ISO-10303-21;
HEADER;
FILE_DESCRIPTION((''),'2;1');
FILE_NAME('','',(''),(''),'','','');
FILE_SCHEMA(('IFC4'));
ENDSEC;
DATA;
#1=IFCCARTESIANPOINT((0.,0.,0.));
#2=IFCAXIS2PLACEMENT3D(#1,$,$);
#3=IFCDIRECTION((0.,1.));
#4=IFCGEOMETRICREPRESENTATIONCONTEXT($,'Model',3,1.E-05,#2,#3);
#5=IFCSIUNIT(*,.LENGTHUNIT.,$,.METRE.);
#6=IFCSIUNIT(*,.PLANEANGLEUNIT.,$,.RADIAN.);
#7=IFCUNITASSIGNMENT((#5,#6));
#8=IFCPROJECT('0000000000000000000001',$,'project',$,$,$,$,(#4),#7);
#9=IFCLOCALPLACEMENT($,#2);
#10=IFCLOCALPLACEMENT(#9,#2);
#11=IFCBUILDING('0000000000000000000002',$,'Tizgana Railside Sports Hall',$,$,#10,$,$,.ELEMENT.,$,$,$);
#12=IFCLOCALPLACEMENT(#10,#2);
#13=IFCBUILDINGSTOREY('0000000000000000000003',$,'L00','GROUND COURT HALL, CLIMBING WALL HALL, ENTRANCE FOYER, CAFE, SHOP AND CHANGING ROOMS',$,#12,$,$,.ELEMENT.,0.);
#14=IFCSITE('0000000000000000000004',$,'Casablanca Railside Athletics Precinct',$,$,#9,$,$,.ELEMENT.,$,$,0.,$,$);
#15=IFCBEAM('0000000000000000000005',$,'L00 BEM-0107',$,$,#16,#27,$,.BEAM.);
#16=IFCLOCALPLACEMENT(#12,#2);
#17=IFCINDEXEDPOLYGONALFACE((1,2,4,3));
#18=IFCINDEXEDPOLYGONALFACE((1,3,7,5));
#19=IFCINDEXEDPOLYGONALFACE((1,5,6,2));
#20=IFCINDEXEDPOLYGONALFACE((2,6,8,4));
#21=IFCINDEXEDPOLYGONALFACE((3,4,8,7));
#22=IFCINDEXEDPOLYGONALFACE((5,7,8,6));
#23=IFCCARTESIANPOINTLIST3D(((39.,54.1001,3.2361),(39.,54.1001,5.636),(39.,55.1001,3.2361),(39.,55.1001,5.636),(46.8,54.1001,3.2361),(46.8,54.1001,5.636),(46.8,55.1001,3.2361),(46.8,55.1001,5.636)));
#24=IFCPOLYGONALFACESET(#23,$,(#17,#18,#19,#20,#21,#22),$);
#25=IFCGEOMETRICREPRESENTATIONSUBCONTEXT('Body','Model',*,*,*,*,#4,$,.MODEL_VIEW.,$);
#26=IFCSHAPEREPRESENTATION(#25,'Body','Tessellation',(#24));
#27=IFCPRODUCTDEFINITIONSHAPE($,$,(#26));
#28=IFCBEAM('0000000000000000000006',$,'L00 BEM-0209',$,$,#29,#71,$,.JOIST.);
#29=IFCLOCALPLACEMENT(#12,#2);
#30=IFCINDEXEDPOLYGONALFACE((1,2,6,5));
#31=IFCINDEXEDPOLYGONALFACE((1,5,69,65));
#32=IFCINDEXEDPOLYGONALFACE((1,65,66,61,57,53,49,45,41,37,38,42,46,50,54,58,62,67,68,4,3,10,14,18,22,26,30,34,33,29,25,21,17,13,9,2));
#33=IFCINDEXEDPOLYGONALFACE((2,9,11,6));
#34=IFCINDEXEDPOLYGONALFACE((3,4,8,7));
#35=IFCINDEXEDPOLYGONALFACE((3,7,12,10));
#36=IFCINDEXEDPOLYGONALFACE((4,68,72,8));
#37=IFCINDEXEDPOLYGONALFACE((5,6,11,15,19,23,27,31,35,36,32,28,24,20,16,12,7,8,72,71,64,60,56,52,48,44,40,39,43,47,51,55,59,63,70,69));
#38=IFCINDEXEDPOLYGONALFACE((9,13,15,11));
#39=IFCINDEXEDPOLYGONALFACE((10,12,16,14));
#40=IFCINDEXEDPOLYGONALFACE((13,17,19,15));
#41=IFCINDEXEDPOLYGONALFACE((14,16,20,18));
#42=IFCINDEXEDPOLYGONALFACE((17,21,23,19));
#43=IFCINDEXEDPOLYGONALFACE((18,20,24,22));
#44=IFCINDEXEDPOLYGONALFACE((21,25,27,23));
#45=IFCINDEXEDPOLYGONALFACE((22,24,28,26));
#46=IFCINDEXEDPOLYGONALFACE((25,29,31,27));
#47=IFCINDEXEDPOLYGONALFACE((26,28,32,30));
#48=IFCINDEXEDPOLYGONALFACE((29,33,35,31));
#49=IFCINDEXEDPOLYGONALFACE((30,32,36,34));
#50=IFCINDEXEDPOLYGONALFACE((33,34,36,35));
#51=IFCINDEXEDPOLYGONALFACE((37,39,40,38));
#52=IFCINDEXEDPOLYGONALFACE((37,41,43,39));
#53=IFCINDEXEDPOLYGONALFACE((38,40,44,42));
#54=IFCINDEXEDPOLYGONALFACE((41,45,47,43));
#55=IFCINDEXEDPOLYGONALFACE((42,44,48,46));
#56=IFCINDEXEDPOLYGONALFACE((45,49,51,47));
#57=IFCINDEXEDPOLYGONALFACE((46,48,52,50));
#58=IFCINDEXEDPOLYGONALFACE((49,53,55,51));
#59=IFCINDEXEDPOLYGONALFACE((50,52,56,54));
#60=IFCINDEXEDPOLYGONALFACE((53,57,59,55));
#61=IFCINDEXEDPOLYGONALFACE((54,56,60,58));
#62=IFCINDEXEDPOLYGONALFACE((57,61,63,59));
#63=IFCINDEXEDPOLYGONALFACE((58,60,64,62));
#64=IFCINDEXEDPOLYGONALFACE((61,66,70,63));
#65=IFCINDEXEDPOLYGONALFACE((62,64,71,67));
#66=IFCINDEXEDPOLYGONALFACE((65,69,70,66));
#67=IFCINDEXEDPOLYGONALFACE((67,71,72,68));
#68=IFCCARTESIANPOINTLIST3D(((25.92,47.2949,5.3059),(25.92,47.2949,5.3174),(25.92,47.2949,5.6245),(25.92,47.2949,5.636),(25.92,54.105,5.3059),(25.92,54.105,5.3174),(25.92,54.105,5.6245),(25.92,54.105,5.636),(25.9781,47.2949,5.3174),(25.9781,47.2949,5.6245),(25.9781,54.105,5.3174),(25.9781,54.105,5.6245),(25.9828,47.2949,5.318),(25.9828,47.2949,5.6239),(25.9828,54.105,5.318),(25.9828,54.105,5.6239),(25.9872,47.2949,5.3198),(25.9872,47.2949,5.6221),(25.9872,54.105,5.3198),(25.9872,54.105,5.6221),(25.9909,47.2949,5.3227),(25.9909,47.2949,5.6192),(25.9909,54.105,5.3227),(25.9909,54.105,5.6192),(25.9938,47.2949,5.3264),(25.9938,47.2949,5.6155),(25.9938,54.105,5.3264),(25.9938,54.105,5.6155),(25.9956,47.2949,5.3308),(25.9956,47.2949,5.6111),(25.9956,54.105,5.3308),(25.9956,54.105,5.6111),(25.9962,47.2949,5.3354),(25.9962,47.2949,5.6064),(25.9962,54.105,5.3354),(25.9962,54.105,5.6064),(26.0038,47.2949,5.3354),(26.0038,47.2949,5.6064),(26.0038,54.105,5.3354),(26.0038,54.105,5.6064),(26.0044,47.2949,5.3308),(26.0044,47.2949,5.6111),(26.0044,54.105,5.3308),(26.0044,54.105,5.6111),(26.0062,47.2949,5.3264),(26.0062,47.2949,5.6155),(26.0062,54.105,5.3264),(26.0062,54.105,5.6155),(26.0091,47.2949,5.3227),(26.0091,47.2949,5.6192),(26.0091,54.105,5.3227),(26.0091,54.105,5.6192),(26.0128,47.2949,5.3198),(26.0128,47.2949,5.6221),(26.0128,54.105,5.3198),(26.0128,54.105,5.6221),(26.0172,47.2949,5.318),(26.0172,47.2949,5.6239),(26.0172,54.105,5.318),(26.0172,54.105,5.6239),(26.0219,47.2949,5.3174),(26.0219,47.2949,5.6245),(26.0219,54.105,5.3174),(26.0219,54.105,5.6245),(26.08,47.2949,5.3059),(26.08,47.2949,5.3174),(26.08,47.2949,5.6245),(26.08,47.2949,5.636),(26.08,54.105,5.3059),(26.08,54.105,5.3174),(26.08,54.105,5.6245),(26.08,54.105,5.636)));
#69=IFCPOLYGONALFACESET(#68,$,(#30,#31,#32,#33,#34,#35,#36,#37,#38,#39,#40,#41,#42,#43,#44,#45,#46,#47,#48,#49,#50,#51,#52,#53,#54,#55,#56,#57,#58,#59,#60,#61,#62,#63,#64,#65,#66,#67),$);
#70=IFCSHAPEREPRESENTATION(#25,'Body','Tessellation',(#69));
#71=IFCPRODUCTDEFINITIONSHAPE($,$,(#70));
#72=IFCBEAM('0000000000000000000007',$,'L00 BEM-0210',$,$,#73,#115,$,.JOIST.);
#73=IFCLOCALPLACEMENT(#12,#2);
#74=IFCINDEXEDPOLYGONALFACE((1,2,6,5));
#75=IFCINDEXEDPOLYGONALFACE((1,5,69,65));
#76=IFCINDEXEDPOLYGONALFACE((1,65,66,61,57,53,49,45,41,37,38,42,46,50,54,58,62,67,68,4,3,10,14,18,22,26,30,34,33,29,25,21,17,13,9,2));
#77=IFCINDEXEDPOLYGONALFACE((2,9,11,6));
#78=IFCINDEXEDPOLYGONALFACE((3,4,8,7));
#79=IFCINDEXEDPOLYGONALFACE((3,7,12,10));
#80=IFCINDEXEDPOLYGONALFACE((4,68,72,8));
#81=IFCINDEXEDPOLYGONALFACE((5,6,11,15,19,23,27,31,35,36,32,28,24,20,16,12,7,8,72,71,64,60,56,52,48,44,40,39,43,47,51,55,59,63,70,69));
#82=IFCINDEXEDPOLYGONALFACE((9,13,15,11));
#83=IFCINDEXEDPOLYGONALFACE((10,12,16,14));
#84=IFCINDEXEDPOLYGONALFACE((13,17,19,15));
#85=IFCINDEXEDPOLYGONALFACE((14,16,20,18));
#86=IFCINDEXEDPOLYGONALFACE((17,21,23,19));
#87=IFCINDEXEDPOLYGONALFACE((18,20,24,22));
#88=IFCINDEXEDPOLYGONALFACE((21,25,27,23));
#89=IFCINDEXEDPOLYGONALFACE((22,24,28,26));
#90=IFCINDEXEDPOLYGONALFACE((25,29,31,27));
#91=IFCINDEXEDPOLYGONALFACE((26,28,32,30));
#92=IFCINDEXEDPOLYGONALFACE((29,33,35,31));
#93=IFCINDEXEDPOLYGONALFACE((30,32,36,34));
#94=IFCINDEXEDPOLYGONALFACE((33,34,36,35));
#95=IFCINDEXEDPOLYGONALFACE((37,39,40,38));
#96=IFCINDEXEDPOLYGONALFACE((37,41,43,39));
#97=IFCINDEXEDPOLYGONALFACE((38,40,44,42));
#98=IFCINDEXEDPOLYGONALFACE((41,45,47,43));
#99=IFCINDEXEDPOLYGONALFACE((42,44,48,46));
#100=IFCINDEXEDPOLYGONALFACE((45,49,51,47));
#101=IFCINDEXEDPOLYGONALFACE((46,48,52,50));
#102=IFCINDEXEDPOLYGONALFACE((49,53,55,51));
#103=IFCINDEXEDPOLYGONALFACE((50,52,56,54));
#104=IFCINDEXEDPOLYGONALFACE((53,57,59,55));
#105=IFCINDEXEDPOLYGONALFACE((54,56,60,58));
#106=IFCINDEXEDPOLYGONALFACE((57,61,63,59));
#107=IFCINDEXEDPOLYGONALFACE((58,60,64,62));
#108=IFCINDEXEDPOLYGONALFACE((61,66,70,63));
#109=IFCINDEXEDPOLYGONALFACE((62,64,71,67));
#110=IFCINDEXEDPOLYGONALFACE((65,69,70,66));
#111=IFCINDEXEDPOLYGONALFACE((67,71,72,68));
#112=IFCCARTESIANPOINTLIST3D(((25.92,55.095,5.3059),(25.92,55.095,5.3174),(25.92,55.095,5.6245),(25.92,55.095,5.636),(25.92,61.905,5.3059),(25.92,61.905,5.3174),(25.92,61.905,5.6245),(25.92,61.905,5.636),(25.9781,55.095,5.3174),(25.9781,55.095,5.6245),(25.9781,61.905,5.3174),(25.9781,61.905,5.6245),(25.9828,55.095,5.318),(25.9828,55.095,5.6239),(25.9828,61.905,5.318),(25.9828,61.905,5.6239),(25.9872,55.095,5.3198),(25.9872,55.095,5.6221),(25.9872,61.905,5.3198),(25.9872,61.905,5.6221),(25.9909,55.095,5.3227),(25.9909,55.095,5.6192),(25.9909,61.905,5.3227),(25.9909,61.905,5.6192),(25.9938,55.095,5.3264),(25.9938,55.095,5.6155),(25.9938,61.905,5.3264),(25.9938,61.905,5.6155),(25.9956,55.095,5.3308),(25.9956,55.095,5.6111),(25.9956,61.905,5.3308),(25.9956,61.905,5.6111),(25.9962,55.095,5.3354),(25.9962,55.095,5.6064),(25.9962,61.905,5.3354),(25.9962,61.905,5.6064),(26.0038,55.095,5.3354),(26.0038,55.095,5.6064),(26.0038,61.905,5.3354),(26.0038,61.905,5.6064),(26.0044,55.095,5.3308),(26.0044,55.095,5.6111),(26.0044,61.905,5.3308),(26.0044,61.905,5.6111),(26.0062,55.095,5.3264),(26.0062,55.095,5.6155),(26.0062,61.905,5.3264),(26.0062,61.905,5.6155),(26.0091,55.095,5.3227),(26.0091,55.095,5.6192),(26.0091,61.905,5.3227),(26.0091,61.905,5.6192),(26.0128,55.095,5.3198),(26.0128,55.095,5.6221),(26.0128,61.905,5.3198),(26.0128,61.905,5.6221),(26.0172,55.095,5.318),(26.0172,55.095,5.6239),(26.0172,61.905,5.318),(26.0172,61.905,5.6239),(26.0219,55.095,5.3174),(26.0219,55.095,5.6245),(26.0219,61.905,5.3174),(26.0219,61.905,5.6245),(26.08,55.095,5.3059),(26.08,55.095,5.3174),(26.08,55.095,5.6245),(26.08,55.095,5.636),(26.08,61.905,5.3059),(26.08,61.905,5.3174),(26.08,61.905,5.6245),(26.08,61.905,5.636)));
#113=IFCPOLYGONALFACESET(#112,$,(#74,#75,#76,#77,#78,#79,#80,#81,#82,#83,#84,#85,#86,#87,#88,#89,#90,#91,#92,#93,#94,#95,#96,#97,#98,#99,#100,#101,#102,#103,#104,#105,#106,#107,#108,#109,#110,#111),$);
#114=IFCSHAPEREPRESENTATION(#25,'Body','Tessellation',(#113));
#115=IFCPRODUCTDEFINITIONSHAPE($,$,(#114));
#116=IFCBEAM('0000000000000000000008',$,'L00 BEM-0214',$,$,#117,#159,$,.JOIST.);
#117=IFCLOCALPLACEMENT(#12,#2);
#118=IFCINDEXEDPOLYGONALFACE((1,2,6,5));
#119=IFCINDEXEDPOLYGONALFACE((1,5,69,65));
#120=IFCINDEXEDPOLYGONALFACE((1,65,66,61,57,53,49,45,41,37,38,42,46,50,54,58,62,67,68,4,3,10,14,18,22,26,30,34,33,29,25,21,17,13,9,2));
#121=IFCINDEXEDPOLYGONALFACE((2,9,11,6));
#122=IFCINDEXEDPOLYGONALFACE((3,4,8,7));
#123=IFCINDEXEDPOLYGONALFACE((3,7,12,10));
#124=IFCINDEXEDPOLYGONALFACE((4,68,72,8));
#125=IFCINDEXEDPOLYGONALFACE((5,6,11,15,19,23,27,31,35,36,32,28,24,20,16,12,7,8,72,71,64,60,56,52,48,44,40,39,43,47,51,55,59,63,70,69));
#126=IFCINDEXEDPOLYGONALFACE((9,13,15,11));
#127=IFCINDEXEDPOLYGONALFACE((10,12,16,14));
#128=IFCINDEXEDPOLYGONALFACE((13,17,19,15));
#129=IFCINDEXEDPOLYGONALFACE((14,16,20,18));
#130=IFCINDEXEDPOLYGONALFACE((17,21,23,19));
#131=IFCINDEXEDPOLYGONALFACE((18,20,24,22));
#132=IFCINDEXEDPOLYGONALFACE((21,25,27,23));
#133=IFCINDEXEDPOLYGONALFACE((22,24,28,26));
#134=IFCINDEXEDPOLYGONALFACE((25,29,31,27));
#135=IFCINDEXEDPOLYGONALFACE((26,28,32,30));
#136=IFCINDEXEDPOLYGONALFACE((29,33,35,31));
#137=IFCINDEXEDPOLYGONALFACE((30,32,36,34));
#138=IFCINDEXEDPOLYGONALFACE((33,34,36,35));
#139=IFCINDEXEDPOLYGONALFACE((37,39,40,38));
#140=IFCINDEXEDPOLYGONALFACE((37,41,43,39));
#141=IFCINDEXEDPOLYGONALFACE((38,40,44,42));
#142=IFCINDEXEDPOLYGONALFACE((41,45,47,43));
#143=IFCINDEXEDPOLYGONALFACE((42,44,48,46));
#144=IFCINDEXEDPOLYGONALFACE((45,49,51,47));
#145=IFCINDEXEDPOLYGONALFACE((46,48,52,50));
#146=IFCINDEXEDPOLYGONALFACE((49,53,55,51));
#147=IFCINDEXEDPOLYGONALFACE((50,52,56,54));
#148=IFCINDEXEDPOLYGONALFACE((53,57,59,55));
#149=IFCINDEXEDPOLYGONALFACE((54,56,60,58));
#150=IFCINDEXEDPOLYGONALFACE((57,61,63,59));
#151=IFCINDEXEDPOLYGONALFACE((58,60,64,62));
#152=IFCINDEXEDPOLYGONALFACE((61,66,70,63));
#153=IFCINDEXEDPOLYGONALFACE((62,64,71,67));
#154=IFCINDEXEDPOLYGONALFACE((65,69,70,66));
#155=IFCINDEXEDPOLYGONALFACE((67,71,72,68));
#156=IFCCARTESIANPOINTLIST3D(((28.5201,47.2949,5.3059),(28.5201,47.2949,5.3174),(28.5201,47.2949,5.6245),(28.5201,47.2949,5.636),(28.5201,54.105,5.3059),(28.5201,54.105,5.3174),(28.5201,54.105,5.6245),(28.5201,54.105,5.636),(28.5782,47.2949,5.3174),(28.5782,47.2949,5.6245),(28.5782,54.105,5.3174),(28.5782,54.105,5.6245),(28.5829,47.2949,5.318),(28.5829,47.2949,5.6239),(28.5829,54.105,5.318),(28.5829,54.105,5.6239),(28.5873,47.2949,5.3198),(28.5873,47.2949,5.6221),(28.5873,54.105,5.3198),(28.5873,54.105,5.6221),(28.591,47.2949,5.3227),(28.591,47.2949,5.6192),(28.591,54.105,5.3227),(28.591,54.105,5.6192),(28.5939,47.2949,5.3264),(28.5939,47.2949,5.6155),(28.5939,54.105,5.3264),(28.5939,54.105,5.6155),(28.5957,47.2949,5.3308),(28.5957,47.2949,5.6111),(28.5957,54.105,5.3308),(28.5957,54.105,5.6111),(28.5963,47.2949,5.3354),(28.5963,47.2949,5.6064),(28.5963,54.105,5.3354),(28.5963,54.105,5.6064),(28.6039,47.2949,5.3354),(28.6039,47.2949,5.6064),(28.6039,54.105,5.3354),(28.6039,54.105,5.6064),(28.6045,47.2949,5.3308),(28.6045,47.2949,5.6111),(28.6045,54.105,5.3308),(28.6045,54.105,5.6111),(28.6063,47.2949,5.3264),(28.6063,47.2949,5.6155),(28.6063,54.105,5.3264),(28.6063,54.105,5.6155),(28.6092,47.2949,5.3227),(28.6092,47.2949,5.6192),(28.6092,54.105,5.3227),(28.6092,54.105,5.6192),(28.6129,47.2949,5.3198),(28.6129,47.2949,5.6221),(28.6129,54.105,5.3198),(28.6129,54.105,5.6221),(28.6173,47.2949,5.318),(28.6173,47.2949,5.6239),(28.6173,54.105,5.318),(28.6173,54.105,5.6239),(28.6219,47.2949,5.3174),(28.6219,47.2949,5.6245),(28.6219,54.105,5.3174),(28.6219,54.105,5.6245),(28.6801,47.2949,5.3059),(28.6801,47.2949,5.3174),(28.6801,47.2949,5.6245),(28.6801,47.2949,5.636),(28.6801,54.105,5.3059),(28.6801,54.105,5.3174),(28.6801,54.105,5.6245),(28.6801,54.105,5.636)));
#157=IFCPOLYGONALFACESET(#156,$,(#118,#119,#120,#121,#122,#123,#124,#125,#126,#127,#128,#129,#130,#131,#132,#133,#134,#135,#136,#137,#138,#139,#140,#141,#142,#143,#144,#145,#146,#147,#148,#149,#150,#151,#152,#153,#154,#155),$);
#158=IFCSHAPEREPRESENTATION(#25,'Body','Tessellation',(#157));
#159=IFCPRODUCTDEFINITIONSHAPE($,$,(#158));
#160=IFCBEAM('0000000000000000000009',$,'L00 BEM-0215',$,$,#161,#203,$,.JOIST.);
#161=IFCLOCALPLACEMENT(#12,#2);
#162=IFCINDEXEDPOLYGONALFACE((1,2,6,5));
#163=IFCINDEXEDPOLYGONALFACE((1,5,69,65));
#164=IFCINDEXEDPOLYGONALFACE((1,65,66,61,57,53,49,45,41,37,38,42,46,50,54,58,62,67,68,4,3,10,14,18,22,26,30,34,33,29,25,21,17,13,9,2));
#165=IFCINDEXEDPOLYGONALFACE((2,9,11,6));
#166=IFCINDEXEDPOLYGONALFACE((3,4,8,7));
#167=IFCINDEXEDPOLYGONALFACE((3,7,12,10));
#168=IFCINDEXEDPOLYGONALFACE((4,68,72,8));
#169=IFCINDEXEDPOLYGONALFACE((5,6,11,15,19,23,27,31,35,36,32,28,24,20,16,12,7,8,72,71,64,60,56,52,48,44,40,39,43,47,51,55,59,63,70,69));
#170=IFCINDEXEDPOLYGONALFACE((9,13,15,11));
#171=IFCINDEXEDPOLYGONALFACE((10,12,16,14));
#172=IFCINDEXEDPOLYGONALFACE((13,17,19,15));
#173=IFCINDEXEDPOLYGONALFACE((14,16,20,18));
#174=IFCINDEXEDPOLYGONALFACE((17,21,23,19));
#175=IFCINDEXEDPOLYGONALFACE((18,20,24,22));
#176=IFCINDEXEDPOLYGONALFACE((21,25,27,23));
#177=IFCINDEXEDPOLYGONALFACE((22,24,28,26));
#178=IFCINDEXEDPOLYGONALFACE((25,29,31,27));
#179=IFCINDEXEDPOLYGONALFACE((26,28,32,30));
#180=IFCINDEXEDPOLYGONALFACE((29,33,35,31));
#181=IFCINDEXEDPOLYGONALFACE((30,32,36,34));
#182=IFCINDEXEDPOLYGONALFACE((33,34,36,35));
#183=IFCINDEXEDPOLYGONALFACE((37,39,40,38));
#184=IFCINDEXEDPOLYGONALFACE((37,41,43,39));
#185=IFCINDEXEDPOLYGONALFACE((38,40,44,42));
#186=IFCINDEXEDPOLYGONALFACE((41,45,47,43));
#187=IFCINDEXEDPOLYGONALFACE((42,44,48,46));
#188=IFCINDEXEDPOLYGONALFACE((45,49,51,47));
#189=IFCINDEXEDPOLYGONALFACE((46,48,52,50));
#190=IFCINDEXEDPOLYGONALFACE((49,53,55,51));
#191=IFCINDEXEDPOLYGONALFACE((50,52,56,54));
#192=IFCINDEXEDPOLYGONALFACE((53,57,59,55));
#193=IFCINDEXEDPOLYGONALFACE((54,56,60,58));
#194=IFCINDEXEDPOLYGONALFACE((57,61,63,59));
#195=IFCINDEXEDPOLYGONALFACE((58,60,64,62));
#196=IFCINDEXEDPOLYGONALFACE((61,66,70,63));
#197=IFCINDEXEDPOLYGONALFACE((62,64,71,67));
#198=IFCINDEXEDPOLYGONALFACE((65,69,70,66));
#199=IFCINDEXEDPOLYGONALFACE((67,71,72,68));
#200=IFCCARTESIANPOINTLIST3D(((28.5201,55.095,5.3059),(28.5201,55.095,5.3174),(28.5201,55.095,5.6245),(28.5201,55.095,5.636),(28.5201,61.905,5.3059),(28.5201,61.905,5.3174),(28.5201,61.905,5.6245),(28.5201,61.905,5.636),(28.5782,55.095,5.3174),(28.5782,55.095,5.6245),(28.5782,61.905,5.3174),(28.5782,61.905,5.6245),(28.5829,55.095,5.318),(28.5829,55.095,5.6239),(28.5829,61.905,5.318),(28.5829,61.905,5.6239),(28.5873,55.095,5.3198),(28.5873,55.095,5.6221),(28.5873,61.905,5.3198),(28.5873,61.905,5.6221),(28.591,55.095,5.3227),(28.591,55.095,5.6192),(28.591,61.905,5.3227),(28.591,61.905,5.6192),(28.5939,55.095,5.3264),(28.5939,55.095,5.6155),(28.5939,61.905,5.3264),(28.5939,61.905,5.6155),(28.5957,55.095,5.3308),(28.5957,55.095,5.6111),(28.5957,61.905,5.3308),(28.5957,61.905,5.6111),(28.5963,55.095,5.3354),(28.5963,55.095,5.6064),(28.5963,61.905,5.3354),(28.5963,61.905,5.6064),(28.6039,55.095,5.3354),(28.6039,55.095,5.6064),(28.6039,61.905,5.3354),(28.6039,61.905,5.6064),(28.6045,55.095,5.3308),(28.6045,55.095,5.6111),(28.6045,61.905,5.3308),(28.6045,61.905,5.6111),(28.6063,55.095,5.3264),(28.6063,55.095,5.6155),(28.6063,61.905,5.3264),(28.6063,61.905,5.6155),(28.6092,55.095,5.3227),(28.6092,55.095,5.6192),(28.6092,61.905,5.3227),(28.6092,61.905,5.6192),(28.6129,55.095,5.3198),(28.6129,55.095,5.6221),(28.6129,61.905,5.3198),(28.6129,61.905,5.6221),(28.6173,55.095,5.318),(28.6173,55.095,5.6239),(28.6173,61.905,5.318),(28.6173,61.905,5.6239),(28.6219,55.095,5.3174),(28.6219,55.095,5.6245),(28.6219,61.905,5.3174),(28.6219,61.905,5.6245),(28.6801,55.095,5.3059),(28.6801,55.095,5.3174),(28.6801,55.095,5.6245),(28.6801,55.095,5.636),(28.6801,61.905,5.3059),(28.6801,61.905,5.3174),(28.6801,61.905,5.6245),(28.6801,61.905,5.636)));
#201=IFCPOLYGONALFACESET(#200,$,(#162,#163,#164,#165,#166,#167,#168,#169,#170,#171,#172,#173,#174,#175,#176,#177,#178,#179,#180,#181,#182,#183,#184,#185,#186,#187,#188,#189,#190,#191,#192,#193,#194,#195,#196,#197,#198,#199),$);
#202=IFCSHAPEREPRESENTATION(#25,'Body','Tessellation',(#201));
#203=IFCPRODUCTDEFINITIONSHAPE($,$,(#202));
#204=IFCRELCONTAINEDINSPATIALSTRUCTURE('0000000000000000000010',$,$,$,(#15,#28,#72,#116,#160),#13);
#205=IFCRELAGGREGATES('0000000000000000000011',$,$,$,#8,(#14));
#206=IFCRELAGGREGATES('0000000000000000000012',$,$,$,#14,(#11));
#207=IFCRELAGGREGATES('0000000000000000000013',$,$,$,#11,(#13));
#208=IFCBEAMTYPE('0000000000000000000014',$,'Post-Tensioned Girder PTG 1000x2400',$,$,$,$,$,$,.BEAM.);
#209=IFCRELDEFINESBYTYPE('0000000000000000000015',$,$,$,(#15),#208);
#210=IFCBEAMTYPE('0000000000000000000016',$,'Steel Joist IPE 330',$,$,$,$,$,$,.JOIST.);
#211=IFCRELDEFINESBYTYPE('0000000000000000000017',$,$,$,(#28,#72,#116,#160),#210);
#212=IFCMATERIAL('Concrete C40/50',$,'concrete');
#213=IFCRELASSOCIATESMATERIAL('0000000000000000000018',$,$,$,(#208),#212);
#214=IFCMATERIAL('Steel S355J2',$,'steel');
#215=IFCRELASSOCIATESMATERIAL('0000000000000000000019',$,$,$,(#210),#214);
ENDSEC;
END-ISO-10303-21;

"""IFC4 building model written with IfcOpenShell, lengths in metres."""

from ifc_helpers import new_model, si_unit, direction, frame, origin, origin_2d, place, context, subcontext, project, spatial, rectangle, i_section, extrude, material, material_profile, profile_set, type_object, element, save


model = new_model("IFC4")

# Units and contexts
model_context = context("Model", 3, precision=1e-05, world=origin(), true_north=direction((0.0, 1.0)))
body_context = subcontext(model_context, "Body", "Model", "MODEL_VIEW")
ifc_project = project(units=[si_unit("LENGTHUNIT", "METRE"), si_unit("PLANEANGLEUNIT", "RADIAN")], contexts=[model_context])

# Site, building, storey
site_placement = place(None, origin())
site = spatial("IfcSite", under=ifc_project, at=site_placement, Name="Casablanca Railside Athletics Precinct", CompositionType="ELEMENT", RefElevation=0.0)
building_placement = place(site_placement, origin())
building = spatial("IfcBuilding", under=site, at=building_placement, Name="Tizgana Railside Sports Hall", CompositionType="ELEMENT")
storey_placement = place(building_placement, origin())
storey = spatial("IfcBuildingStorey", under=building, at=storey_placement, Name="L00", Description="GROUND COURT HALL, CLIMBING WALL HALL, ENTRANCE FOYER, CAFE, SHOP AND CHANGING ROOMS", CompositionType="ELEMENT", Elevation=0.0)

# Shared definitions
ifc_material_1 = material(Name="Concrete C40/50", Category="concrete")

# Beams
ifc_material_profile_1 = material_profile(ifc_material_1, rectangle(XDim=1.0, YDim=2.3999, at=origin_2d()), Name="PTG 1000x2400")
ifc_profile_set_1 = profile_set([ifc_material_profile_1], Name="Concrete C40/50")
beam_type_1 = type_object("IfcBeamType", Name="Post-Tensioned Girder PTG 1000x2400", PredefinedType="BEAM", material=ifc_profile_set_1)
for number, where, z_axis, x_axis, name in (
    (1, (39.0, 54.6001, 4.436), (1.0, 0.0, 0.0), (0.0, 1.0, 0.0), "L00 BEM-0107"),
):
    element("IfcBeam", number, at=place(storey_placement, frame(where, z_axis=z_axis, x_axis=x_axis)), inside=storey, type_object=beam_type_1, Name=name, PredefinedType="BEAM", context=body_context, shape_type="SweptSolid", body=[
        extrude(rectangle(XDim=1.0, YDim=2.3999, at=origin_2d()), origin(), (0.0, 0.0, 1.0), 7.8),
    ])
ifc_material_2 = material(Name="Steel S355J2", Category="steel")
ifc_material_profile_2 = material_profile(ifc_material_2, i_section(OverallWidth=0.1599, OverallDepth=0.3301, WebThickness=0.0076, FlangeThickness=0.0115, FilletRadius=0.0181, at=origin_2d()), Name="IPE 330")
ifc_profile_set_2 = profile_set([ifc_material_profile_2], Name="Steel S355J2")
beam_type_2 = type_object("IfcBeamType", Name="Steel Joist IPE 330", PredefinedType="JOIST", material=ifc_profile_set_2)
for number, where, z_axis, x_axis, name in (
    (2, (26.0, 47.2949, 5.4709), (0.0, 1.0, 0.0), (-1.0, 0.0, 0.0), "L00 BEM-0209"),
    (3, (26.0, 55.095, 5.4709), (0.0, 1.0, 0.0), (-1.0, 0.0, 0.0), "L00 BEM-0210"),
    (4, (28.6001, 47.2949, 5.4709), (0.0, 1.0, 0.0), (-1.0, 0.0, 0.0), "L00 BEM-0214"),
    (5, (28.6001, 55.095, 5.4709), (0.0, 1.0, 0.0), (-1.0, 0.0, 0.0), "L00 BEM-0215"),
):
    element("IfcBeam", number, at=place(storey_placement, frame(where, z_axis=z_axis, x_axis=x_axis)), inside=storey, type_object=beam_type_2, Name=name, PredefinedType="JOIST", context=body_context, shape_type="SweptSolid", body=[
        extrude(i_section(OverallWidth=0.1599, OverallDepth=0.3301, WebThickness=0.0076, FlangeThickness=0.0115, FilletRadius=0.0181, at=origin_2d()), origin(), (0.0, 0.0, 1.0), 6.8101),
    ])

save(model, "model.ifc")
